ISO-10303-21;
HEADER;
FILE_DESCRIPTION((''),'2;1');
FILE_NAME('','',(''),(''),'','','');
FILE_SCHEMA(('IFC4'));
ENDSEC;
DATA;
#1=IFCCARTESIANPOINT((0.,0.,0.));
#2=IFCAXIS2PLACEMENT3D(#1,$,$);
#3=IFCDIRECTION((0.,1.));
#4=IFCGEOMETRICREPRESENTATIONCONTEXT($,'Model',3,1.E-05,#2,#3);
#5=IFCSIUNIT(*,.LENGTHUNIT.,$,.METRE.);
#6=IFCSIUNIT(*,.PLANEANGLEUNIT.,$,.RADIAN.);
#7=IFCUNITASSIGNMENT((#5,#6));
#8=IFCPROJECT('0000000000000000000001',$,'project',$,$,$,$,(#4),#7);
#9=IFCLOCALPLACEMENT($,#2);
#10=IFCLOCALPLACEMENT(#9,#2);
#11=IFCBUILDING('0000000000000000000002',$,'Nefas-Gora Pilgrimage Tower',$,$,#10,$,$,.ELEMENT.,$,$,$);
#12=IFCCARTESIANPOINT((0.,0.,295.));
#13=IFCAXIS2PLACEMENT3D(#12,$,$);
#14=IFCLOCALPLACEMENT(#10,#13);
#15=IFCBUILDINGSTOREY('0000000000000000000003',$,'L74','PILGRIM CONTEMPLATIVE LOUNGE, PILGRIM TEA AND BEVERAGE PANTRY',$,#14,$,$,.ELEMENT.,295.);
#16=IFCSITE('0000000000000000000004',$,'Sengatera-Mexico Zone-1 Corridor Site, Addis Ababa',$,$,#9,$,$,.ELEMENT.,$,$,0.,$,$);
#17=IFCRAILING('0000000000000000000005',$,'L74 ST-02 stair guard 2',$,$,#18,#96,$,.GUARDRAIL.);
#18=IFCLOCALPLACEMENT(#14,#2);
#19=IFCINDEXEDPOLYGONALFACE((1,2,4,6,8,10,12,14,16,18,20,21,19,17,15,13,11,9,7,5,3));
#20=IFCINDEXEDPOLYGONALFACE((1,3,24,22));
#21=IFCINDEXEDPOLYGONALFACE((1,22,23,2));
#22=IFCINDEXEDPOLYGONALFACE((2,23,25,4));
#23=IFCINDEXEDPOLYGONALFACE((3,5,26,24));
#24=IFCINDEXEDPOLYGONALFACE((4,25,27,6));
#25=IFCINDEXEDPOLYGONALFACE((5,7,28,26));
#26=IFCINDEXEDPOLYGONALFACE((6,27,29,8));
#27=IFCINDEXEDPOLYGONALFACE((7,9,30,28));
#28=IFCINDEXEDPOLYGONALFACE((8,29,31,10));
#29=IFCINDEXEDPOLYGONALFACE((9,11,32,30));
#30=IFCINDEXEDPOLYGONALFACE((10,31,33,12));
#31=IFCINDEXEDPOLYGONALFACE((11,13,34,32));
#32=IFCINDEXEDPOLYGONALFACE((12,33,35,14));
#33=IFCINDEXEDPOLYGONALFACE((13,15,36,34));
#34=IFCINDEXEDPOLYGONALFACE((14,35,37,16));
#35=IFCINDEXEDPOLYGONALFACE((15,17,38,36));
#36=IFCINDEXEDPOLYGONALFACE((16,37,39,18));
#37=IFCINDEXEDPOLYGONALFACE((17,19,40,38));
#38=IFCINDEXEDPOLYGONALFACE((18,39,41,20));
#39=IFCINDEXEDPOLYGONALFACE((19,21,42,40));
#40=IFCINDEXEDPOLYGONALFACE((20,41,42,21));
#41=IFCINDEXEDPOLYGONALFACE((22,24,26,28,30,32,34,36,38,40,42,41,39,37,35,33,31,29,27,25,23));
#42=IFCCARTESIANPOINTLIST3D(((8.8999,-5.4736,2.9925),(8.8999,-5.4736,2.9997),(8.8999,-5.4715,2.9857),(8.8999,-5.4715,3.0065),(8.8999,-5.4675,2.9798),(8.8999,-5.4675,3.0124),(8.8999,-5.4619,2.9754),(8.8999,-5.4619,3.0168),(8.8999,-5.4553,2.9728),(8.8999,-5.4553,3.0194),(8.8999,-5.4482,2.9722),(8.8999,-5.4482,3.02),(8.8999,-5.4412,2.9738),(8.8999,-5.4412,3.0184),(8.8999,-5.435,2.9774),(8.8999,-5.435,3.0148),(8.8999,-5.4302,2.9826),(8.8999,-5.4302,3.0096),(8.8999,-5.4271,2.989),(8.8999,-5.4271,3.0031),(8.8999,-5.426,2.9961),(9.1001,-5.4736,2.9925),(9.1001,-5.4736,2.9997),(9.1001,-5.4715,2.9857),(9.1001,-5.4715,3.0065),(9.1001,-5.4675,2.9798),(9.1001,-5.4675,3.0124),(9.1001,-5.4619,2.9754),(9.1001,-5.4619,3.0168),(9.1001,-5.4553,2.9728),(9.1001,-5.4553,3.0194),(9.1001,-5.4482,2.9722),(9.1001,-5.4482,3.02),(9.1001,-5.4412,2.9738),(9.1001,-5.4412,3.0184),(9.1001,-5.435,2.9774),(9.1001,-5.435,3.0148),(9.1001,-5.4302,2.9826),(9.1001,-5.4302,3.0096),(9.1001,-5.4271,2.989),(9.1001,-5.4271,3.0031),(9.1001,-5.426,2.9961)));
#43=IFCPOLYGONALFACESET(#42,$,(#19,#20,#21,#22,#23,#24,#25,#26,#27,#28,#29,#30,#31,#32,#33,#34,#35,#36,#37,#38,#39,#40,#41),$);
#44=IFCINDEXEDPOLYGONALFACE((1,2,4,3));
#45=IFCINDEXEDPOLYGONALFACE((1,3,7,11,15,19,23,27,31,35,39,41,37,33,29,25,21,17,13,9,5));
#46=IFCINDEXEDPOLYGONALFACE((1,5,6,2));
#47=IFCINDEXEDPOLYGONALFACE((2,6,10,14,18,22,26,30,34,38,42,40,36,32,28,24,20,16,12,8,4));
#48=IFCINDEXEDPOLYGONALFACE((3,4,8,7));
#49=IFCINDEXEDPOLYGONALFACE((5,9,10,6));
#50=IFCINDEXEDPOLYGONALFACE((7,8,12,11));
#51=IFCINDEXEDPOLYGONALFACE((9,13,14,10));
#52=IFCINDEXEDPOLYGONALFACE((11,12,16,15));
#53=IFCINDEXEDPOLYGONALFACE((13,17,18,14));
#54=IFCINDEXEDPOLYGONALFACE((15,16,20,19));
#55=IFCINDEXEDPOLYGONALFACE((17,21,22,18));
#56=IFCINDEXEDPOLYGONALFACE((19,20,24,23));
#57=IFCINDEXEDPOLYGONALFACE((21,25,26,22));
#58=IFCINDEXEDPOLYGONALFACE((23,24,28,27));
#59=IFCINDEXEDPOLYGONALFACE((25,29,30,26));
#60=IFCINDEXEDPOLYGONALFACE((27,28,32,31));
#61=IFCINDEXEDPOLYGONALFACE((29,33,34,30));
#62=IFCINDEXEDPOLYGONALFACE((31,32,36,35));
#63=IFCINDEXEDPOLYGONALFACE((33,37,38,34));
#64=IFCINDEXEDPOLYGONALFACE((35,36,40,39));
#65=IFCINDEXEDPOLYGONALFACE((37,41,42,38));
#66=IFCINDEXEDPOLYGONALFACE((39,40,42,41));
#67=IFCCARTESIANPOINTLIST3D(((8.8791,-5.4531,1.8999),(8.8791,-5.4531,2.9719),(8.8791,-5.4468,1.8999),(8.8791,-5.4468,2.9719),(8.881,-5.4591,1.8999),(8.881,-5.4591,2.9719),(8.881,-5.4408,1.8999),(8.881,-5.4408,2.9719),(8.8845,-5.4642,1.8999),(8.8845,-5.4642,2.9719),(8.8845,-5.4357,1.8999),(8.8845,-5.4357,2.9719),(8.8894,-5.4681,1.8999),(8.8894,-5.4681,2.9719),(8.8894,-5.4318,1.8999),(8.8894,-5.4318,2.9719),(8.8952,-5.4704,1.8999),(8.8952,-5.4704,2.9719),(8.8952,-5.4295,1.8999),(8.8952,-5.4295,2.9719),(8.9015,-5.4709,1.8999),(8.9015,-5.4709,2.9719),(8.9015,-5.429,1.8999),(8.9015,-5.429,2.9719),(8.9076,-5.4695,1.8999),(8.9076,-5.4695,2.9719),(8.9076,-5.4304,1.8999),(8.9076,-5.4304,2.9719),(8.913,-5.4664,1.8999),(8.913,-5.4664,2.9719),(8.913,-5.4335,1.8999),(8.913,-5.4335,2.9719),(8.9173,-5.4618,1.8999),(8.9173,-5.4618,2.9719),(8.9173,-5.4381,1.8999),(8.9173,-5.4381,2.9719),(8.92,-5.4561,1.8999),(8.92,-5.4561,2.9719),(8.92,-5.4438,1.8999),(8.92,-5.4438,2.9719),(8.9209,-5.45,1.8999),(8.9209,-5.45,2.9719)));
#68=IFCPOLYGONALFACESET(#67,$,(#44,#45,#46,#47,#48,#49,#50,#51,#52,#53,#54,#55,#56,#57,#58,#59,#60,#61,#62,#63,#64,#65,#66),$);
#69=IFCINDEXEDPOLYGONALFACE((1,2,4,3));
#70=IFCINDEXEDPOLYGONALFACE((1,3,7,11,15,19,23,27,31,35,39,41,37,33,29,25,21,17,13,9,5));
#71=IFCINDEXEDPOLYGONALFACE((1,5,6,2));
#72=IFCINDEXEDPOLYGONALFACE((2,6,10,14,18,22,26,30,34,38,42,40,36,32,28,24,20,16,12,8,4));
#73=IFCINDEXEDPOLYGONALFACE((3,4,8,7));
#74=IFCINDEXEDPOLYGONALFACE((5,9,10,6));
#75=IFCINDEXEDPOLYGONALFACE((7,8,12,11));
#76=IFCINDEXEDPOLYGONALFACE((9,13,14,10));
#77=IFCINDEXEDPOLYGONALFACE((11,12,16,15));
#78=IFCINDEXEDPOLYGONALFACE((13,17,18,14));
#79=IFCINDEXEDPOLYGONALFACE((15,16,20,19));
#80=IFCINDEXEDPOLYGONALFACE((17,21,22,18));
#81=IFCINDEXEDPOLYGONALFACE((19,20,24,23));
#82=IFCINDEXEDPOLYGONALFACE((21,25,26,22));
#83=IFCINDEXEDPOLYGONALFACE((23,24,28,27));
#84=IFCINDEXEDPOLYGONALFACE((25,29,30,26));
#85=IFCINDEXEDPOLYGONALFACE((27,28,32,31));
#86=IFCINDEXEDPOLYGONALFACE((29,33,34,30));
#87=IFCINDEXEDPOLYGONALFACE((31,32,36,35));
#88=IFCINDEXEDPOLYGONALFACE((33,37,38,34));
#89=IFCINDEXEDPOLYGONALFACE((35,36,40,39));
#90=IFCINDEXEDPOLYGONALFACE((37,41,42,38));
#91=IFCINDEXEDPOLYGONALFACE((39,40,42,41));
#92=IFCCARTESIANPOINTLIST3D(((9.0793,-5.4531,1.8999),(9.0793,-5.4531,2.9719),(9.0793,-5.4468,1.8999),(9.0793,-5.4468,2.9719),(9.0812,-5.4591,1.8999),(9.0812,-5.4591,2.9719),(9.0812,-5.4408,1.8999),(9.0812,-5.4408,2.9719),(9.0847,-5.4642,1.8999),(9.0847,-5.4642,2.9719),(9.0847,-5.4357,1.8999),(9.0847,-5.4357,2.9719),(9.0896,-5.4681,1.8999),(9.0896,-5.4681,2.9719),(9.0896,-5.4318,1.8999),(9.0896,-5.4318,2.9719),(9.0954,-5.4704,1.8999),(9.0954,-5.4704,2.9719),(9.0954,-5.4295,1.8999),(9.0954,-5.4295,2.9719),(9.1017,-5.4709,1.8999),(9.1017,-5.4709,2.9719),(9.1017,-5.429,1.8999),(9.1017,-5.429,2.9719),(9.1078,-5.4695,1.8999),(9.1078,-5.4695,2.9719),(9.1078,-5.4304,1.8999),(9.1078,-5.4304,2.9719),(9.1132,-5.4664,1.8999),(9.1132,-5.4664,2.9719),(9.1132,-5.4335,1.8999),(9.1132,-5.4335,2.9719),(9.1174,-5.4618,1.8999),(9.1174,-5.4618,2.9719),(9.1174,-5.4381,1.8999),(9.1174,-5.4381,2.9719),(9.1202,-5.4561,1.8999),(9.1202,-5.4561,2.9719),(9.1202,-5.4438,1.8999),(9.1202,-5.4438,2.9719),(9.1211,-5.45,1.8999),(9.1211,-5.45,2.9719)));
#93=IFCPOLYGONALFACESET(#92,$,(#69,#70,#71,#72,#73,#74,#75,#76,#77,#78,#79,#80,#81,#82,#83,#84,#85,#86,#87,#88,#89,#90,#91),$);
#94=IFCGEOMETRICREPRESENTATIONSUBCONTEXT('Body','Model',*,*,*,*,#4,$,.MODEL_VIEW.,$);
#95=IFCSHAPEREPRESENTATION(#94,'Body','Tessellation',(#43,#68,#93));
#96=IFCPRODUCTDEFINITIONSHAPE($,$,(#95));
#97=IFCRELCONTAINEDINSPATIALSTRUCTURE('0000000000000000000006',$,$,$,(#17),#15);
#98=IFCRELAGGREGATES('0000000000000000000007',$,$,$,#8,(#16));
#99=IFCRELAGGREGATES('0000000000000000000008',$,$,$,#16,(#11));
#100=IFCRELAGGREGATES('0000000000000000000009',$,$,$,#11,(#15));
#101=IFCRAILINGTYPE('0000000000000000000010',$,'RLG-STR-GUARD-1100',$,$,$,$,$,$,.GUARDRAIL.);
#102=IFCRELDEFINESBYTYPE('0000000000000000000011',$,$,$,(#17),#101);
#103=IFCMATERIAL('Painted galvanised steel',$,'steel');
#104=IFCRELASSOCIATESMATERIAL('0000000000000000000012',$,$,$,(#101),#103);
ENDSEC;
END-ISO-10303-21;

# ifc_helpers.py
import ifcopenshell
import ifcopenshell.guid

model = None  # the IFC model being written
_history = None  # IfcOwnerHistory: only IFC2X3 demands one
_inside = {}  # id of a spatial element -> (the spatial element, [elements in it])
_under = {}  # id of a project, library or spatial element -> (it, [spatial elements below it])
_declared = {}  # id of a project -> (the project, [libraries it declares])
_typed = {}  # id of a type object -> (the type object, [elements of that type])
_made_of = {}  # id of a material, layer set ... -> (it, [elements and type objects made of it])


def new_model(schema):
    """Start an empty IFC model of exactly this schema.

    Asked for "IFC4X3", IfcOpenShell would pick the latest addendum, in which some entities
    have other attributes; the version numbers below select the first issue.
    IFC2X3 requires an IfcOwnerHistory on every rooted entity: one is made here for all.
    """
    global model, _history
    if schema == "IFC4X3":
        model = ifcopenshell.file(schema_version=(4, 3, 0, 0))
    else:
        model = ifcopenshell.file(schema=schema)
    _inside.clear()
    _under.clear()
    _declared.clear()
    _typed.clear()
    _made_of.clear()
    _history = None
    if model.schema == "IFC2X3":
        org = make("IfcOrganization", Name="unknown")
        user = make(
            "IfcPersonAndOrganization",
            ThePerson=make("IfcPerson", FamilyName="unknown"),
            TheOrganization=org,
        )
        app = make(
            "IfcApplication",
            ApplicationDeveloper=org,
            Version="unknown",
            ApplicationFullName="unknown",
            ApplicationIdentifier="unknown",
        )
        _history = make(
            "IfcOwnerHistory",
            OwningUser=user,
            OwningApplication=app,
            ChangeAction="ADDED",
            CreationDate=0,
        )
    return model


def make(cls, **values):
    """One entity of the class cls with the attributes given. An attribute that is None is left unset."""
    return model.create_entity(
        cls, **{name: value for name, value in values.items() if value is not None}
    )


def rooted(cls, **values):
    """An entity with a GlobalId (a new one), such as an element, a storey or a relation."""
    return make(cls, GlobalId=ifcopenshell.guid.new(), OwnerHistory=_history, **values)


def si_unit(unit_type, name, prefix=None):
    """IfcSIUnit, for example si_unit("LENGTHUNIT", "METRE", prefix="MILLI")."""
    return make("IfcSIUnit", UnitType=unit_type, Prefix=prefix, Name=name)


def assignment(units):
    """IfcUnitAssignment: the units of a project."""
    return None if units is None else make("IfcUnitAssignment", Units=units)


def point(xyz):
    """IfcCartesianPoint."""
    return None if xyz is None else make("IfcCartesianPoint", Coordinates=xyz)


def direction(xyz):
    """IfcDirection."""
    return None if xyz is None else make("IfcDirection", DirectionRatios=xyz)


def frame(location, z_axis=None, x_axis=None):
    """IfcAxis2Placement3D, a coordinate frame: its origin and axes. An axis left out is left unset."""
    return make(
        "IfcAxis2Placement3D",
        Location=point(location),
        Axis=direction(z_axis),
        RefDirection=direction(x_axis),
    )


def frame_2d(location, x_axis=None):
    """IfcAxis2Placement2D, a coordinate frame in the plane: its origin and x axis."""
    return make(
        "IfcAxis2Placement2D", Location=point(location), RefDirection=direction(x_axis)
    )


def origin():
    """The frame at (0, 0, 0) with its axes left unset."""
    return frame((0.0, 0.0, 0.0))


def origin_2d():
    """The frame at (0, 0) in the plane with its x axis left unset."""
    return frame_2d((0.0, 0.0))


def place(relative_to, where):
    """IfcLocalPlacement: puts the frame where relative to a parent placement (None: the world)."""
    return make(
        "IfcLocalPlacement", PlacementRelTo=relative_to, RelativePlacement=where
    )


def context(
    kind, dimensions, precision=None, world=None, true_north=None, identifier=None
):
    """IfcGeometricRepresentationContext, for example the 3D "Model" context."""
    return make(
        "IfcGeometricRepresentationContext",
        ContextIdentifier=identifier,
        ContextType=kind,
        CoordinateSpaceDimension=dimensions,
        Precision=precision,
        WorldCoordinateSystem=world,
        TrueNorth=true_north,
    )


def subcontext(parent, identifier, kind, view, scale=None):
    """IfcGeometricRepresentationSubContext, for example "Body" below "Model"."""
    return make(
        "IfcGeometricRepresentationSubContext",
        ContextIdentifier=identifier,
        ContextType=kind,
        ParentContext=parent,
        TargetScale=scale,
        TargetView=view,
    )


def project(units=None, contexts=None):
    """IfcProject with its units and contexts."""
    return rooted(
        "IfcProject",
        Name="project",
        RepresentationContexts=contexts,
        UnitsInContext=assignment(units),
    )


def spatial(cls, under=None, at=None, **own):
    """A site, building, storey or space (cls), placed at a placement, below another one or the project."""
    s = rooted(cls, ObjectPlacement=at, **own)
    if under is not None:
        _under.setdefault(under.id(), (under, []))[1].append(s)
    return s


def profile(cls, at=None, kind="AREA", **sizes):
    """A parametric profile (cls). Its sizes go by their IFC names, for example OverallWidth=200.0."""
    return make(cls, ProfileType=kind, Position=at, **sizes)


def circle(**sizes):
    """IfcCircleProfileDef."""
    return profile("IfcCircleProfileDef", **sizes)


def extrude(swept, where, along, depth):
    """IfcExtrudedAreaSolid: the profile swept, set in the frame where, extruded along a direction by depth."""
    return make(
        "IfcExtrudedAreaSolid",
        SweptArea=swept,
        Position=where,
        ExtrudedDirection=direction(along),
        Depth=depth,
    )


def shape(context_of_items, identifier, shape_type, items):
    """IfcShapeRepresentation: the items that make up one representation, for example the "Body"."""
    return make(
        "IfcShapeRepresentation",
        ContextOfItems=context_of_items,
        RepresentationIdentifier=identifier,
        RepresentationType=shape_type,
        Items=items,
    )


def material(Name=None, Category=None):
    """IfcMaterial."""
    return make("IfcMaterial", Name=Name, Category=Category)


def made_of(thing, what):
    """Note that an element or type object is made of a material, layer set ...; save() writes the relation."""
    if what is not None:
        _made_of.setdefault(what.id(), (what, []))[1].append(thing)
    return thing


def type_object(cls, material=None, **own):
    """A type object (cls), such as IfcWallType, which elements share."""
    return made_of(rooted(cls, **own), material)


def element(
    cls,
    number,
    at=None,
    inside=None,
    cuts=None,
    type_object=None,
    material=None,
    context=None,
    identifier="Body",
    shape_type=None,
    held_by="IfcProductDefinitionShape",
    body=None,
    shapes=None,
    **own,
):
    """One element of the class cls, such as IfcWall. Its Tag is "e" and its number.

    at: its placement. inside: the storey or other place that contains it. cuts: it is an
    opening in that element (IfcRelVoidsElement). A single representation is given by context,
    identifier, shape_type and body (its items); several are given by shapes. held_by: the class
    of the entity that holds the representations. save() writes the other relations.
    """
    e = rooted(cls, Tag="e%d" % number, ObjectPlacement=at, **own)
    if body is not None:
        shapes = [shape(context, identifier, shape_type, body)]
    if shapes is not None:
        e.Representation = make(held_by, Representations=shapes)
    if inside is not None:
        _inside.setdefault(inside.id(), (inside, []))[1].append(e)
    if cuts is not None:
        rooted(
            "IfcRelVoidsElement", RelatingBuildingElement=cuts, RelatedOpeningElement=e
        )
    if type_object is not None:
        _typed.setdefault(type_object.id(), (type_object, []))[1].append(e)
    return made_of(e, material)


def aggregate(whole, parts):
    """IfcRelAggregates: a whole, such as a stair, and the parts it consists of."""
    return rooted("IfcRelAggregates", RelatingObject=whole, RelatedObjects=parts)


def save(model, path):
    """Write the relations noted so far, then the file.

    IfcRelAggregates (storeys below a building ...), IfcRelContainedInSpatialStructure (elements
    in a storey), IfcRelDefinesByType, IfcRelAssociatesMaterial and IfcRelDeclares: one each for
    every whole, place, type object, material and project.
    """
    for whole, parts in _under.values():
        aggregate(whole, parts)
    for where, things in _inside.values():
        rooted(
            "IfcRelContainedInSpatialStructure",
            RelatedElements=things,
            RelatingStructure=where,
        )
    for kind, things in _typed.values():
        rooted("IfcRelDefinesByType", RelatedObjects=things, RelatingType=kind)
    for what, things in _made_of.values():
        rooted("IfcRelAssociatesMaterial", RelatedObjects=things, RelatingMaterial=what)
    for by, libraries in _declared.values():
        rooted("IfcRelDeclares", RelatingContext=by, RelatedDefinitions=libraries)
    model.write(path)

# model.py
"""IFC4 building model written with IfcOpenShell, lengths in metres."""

from ifc_helpers import new_model, si_unit, direction, frame, origin, origin_2d, place, context, subcontext, project, spatial, circle, extrude, material, type_object, element, save


model = new_model("IFC4")

# Units and contexts
model_context = context("Model", 3, precision=1e-05, world=origin(), true_north=direction((0.0, 1.0)))
body_context = subcontext(model_context, "Body", "Model", "MODEL_VIEW")
ifc_project = project(units=[si_unit("LENGTHUNIT", "METRE"), si_unit("PLANEANGLEUNIT", "RADIAN")], contexts=[model_context])

# Site, building, storey
site_placement = place(None, origin())
site = spatial("IfcSite", under=ifc_project, at=site_placement, Name="Sengatera-Mexico Zone-1 Corridor Site, Addis Ababa", CompositionType="ELEMENT", RefElevation=0.0)
building_placement = place(site_placement, origin())
building = spatial("IfcBuilding", under=site, at=building_placement, Name="Nefas-Gora Pilgrimage Tower", CompositionType="ELEMENT")
storey_placement = place(building_placement, frame((0.0, 0.0, 295.0)))
storey = spatial("IfcBuildingStorey", under=building, at=storey_placement, Name="L74", Description="PILGRIM CONTEMPLATIVE LOUNGE, PILGRIM TEA AND BEVERAGE PANTRY", CompositionType="ELEMENT", Elevation=295.0)

# Railing
ifc_material_1 = material(Name="Painted galvanised steel", Category="steel")
railing_type_1 = type_object("IfcRailingType", Name="RLG-STR-GUARD-1100", PredefinedType="GUARDRAIL", material=ifc_material_1)
railing_1_placement = place(storey_placement, frame((8.8999, -5.45, 1.8999)))
element("IfcRailing", 1, at=railing_1_placement, inside=storey, type_object=railing_type_1, Name="L74 ST-02 stair guard 2", PredefinedType="GUARDRAIL", context=body_context, shape_type="SweptSolid", body=[
    extrude(circle(Radius=0.0239, at=origin_2d()), frame((0.0, 0.0, 1.0962), z_axis=(1.0, 0.0, 0.0), x_axis=(0.0, 1.0, 0.0)), (0.0, 0.0, 1.0), 0.2002),
    extrude(circle(Radius=0.021, at=origin_2d()), origin(), (0.0, 0.0, 1.0), 1.072),
    extrude(circle(Radius=0.021, at=origin_2d()), frame((0.2002, 0.0, 0.0)), (0.0, 0.0, 1.0), 1.072),
])

save(model, "model.ifc")
